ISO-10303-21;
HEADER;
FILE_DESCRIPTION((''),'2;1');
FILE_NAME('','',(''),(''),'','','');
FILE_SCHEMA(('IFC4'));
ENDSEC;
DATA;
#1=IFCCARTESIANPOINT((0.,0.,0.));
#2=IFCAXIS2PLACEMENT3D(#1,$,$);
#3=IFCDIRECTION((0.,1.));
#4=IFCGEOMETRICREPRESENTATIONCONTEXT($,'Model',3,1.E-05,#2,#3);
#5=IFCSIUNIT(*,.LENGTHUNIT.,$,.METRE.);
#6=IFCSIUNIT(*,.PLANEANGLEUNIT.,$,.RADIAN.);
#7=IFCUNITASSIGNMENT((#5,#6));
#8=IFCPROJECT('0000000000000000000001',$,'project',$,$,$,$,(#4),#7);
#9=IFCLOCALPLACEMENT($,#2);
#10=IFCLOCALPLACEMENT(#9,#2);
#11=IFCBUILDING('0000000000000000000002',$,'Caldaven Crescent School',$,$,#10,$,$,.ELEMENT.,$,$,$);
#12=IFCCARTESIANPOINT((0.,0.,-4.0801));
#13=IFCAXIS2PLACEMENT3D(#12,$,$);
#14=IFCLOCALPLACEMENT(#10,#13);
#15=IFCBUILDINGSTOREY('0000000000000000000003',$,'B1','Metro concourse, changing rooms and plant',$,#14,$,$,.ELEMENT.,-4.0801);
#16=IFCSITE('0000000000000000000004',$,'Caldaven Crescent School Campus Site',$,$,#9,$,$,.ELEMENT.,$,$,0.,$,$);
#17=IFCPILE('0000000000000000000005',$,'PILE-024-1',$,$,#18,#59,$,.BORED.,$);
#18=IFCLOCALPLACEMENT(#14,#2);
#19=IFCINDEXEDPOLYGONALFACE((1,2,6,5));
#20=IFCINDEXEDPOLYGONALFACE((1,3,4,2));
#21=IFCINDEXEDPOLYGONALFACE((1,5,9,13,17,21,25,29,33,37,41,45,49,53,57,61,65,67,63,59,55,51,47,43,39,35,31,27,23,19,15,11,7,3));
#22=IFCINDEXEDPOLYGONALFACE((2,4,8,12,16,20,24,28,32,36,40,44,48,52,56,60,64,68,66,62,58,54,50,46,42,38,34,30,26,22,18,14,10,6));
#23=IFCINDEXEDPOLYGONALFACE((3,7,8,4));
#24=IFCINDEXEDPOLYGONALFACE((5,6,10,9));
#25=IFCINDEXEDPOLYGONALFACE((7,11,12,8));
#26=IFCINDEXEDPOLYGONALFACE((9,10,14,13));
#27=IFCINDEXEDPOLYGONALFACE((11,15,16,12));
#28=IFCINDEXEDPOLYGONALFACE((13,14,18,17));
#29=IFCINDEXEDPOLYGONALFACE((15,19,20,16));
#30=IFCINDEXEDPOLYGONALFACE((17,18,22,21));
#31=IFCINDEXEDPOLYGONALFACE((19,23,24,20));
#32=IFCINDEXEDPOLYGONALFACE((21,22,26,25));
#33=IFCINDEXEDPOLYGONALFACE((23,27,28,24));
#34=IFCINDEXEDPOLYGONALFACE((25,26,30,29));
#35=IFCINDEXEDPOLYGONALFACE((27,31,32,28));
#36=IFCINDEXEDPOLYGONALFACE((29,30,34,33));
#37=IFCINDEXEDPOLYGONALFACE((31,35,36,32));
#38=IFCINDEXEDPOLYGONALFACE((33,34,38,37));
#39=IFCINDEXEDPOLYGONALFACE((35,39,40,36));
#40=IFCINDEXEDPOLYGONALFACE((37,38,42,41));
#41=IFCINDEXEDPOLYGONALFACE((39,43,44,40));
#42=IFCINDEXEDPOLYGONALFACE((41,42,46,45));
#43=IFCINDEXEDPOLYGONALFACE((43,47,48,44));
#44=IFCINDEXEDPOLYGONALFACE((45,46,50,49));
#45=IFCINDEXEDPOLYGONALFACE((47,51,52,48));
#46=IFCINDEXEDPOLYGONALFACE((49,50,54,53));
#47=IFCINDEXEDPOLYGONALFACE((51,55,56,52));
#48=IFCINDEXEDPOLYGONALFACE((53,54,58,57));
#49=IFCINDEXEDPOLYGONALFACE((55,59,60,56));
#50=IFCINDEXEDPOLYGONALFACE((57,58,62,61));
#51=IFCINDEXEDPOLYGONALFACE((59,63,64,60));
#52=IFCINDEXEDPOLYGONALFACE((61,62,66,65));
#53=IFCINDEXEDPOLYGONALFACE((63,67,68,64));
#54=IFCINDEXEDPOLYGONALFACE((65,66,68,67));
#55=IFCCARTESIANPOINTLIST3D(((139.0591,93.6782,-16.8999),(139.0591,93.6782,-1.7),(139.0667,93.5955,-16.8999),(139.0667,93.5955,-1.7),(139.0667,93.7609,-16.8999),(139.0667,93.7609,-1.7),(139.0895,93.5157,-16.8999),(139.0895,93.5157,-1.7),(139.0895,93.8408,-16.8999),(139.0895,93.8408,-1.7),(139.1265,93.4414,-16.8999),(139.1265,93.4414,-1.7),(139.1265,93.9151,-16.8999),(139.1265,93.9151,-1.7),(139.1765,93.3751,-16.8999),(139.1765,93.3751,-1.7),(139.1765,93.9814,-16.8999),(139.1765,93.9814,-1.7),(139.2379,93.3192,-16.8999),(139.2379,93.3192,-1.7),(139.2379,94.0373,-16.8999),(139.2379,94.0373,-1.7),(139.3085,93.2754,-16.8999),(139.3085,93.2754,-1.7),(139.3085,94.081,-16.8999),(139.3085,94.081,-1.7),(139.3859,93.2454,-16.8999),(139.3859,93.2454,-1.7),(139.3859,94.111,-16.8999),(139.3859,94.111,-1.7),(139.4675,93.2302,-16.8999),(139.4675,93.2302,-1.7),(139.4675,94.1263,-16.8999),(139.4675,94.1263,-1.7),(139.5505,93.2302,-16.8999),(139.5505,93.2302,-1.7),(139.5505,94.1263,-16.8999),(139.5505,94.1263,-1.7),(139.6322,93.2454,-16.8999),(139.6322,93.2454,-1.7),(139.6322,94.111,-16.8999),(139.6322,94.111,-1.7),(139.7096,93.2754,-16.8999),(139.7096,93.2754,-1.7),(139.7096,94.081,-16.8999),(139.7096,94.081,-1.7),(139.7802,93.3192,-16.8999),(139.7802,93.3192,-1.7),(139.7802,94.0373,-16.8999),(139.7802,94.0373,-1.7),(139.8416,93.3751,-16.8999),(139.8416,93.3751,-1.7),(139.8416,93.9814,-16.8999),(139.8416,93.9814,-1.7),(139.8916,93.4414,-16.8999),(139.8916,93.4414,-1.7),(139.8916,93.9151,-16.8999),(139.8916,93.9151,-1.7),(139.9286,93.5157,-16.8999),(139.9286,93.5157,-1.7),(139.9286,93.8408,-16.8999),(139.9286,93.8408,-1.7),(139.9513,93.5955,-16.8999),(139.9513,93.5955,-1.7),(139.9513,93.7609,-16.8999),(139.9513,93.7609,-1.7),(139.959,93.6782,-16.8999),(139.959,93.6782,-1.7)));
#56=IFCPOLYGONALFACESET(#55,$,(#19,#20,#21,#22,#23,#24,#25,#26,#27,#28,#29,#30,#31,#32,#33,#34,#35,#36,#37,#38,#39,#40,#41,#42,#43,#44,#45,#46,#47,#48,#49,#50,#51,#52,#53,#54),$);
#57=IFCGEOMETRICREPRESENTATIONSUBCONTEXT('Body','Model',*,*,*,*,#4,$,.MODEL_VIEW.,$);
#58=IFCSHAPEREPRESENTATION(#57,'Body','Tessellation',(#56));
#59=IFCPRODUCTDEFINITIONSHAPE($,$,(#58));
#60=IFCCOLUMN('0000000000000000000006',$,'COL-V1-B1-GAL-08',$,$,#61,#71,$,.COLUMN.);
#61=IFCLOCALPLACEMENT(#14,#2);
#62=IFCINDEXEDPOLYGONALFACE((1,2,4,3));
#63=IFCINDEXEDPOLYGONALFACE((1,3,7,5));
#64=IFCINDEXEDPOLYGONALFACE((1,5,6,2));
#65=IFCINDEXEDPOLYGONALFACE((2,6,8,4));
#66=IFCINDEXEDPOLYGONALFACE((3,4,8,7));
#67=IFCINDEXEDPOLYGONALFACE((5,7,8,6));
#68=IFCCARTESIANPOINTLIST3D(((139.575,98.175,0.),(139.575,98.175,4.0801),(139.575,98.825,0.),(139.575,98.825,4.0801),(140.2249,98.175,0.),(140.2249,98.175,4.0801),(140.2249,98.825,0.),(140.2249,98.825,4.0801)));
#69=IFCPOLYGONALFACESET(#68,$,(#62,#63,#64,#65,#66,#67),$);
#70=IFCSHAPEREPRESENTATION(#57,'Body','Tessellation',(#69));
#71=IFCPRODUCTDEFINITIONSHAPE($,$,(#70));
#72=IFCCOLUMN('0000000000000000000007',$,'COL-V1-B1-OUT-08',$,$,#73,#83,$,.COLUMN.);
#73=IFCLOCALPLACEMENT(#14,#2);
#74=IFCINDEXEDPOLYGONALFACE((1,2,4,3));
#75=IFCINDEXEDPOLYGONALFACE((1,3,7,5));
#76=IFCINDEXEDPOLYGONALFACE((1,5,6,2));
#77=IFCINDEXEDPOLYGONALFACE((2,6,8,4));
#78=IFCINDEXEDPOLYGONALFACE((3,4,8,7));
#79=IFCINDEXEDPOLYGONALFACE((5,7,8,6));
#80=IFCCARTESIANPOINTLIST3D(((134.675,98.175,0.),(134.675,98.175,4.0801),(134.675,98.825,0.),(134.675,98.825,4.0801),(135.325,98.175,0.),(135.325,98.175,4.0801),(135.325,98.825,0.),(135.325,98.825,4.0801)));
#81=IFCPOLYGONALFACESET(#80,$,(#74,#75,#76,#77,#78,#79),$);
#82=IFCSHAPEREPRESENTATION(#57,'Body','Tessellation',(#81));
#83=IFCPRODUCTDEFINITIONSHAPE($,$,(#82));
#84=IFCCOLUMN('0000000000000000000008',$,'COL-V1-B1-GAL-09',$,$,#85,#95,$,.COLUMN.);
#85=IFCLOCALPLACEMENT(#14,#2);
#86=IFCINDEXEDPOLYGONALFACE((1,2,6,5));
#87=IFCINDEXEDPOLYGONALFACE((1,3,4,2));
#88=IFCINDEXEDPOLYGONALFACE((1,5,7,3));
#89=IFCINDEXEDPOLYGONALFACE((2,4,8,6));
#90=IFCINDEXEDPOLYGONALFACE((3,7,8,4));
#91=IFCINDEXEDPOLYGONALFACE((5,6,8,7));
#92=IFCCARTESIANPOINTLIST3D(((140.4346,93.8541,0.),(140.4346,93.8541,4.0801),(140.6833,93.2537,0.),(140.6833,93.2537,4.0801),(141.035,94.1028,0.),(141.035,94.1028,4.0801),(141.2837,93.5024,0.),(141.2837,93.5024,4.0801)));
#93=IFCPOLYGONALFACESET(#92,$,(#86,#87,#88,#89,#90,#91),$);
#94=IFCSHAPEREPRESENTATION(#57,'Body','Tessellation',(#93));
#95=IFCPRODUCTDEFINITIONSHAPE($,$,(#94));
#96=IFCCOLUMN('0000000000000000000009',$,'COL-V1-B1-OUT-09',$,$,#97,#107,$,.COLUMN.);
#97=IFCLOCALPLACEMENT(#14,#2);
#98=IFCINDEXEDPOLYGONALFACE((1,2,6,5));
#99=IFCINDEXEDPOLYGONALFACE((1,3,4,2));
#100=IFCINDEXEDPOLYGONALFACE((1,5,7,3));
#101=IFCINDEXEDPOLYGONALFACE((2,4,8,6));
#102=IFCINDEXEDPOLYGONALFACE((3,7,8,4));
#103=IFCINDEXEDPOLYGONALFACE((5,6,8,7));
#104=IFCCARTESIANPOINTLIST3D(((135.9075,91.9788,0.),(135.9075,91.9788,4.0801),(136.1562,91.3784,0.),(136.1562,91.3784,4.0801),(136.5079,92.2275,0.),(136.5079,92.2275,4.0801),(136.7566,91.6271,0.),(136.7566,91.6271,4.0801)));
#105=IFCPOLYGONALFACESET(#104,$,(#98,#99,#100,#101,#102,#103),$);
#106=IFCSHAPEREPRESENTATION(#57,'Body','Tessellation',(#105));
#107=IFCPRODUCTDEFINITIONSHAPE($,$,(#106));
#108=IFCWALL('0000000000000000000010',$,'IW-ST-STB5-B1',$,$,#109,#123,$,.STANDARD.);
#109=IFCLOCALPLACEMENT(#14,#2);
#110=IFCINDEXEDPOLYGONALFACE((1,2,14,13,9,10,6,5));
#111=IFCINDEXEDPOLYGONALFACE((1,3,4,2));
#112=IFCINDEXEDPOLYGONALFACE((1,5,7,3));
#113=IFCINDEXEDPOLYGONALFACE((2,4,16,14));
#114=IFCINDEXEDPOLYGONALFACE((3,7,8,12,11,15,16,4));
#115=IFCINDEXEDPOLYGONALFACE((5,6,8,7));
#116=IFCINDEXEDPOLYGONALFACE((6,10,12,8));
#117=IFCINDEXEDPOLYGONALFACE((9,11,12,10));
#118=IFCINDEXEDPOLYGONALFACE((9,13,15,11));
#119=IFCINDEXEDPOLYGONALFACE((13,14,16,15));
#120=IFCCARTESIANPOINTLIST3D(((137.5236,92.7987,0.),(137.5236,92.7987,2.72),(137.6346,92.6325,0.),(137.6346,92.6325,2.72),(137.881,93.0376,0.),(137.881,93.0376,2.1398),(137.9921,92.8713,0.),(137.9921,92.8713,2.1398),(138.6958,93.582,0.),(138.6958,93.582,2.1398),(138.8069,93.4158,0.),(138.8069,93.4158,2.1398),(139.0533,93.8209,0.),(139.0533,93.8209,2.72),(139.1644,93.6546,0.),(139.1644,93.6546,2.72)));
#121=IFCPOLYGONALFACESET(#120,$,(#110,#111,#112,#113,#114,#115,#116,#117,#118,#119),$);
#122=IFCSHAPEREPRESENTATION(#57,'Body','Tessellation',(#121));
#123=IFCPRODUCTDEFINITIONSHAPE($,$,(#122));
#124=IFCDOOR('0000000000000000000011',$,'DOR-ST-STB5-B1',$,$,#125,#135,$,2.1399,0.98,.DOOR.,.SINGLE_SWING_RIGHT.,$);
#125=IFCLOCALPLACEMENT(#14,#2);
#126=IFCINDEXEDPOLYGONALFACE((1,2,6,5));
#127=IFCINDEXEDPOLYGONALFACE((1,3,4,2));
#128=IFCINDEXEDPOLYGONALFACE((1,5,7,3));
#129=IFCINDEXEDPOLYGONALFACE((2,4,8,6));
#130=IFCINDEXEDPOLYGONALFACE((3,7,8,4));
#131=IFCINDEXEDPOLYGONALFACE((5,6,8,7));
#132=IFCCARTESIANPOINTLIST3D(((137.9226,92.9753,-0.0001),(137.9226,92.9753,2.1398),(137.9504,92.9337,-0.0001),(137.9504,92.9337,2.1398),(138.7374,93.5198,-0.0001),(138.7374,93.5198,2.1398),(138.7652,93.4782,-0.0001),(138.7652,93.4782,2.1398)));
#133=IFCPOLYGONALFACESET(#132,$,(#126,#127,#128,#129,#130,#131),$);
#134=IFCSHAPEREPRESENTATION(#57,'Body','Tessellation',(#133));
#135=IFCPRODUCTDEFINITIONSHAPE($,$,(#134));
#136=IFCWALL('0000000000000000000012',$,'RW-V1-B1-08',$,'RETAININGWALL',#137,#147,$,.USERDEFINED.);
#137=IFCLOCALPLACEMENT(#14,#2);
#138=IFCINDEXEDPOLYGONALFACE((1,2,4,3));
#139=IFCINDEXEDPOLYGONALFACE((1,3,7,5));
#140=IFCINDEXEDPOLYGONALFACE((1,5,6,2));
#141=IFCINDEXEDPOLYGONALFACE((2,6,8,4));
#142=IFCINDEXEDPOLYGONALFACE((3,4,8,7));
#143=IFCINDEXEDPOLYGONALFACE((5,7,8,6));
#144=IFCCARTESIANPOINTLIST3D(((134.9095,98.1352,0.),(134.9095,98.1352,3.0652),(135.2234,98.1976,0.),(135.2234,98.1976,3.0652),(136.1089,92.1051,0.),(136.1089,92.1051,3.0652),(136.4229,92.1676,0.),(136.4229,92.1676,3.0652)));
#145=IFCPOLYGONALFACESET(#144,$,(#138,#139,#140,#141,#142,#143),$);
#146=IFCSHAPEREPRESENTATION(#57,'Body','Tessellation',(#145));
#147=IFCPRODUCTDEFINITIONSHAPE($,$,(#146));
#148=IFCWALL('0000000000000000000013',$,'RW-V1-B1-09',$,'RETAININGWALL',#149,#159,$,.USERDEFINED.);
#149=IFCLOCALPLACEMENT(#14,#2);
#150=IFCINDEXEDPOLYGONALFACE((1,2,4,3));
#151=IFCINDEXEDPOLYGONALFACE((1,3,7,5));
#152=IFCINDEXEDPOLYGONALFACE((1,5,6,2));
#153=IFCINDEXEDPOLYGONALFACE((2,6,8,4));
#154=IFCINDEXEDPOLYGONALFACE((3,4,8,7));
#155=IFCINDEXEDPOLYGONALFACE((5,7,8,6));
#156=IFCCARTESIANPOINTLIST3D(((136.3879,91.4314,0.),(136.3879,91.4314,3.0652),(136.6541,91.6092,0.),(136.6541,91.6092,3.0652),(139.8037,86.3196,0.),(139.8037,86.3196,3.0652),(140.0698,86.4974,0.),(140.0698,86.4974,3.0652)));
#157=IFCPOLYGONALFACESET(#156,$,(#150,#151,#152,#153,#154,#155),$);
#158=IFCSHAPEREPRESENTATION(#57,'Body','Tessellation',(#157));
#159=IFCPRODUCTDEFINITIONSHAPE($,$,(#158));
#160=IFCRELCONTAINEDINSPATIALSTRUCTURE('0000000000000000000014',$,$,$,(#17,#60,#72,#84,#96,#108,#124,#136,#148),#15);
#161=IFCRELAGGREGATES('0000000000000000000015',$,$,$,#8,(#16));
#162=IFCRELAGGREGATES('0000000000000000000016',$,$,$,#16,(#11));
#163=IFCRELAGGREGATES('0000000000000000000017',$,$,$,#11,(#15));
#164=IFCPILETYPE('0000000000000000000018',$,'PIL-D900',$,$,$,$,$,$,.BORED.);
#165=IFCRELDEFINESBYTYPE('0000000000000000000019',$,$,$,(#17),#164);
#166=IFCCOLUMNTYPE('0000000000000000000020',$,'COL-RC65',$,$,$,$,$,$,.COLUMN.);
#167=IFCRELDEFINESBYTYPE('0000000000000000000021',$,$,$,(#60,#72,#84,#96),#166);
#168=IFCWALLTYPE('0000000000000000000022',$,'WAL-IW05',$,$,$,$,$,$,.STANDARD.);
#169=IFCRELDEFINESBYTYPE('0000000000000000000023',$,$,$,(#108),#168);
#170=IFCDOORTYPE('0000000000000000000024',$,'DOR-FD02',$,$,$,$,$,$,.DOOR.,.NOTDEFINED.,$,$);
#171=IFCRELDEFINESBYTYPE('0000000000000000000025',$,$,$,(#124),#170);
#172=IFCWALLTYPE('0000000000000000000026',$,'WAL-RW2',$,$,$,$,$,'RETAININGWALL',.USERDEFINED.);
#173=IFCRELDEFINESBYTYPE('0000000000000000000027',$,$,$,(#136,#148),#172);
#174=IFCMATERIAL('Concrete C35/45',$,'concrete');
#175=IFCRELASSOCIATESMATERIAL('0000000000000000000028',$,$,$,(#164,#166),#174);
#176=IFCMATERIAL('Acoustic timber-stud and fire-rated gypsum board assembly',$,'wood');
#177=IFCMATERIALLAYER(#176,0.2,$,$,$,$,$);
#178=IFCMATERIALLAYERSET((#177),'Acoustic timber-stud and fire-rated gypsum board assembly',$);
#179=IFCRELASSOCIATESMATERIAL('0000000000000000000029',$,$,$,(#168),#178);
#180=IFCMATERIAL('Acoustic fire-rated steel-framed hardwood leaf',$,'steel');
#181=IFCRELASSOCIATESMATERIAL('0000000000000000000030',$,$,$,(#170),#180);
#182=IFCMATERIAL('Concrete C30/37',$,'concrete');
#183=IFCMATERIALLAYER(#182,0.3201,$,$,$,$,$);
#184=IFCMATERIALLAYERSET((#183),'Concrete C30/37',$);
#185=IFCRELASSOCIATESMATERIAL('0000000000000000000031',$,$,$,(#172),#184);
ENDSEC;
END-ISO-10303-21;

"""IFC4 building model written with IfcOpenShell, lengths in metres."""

from ifc_helpers import new_model, si_unit, direction, frame, frame_2d, origin, origin_2d, place, context, subcontext, project, spatial, rectangle, circle, extrude, material, layer, layer_set, material_profile, profile_set, type_object, element, fill, save


model = new_model("IFC4")

# Units and contexts
model_context = context("Model", 3, precision=1e-05, world=origin(), true_north=direction((0.0, 1.0)))
body_context = subcontext(model_context, "Body", "Model", "MODEL_VIEW")
ifc_project = project(units=[si_unit("LENGTHUNIT", "METRE"), si_unit("PLANEANGLEUNIT", "RADIAN")], contexts=[model_context])

# Site, building, storey
site_placement = place(None, origin())
site = spatial("IfcSite", under=ifc_project, at=site_placement, Name="Caldaven Crescent School Campus Site", CompositionType="ELEMENT", RefElevation=0.0)
building_placement = place(site_placement, origin())
building = spatial("IfcBuilding", under=site, at=building_placement, Name="Caldaven Crescent School", CompositionType="ELEMENT")
storey_placement = place(building_placement, frame((0.0, 0.0, -4.0801)))
storey = spatial("IfcBuildingStorey", under=building, at=storey_placement, Name="B1", Description="Metro concourse, changing rooms and plant", CompositionType="ELEMENT", Elevation=-4.0801)

# Shared definitions
ifc_material_1 = material(Name="Concrete C30/37", Category="concrete")
ifc_material_2 = material(Name="Concrete C35/45", Category="concrete")

# Pile
ifc_material_profile_1 = material_profile(ifc_material_2, circle(Radius=0.45, at=origin_2d()), Name="PILE D900")
ifc_profile_set_1 = profile_set([ifc_material_profile_1], Name="Concrete C35/45")
pile_type_1 = type_object("IfcPileType", Name="PIL-D900", PredefinedType="BORED", material=ifc_profile_set_1)
pile_placement = place(storey_placement, frame((139.509, 93.6782, -1.7), z_axis=(0.0, 0.0, -1.0), x_axis=(1.0, 0.0, 0.0)))
element("IfcPile", 1, at=pile_placement, inside=storey, type_object=pile_type_1, Name="PILE-024-1", PredefinedType="BORED", context=body_context, shape_type="SweptSolid", body=[
    extrude(circle(Radius=0.45, at=origin_2d()), origin(), (0.0, 0.0, 1.0), 15.2),
])

# Columns
ifc_material_profile_2 = material_profile(ifc_material_2, rectangle(XDim=0.6499, YDim=0.6499, at=origin_2d()), Name="RC 650x650")
ifc_profile_set_2 = profile_set([ifc_material_profile_2], Name="Concrete C35/45")
column_type = type_object("IfcColumnType", Name="COL-RC65", PredefinedType="COLUMN", material=ifc_profile_set_2)
for number, where, z_axis, x_axis, name in (
    (2, (139.8999, 98.5, 0.0), (0.0, 0.0, 1.0), (-1.0, 0.0, 0.0), "COL-V1-B1-GAL-08"),
    (3, (135.0, 98.5, 0.0), (0.0, 0.0, 1.0), (-1.0, 0.0, 0.0), "COL-V1-B1-OUT-08"),
    (4, (140.8591, 93.6782, 0.0), (0.0, 0.0, 1.0), (-0.92388, -0.382683, 0.0), "COL-V1-B1-GAL-09"),
    (5, (136.332, 91.803, 0.0), (0.0, 0.0, 1.0), (-0.92388, -0.382683, 0.0), "COL-V1-B1-OUT-09"),
):
    element("IfcColumn", number, at=place(storey_placement, frame(where, z_axis=z_axis, x_axis=x_axis)), inside=storey, type_object=column_type, Name=name, PredefinedType="COLUMN", context=body_context, shape_type="SweptSolid", body=[
        extrude(rectangle(XDim=0.6499, YDim=0.6499, at=origin_2d()), origin(), (0.0, 0.0, 1.0), 4.0801),
    ])

# Wall, opening, door
ifc_material_3 = material(Name="Acoustic timber-stud and fire-rated gypsum board assembly", Category="wood")
ifc_layer_1 = layer(ifc_material_3, 0.2)
ifc_layer_set_1 = layer_set([ifc_layer_1], Name="Acoustic timber-stud and fire-rated gypsum board assembly")
wall_type_1 = type_object("IfcWallType", Name="WAL-IW05", PredefinedType="STANDARD", material=ifc_layer_set_1)
wall_1_placement = place(storey_placement, frame((137.5791, 92.7156, 0.0), z_axis=(0.0, 0.0, 1.0), x_axis=(0.831458, 0.555588, 0.0)))
wall_1 = element("IfcWall", 6, at=wall_1_placement, inside=storey, type_object=wall_type_1, Name="IW-ST-STB5-B1", PredefinedType="STANDARD", context=body_context, shape_type="SweptSolid", body=[
    extrude(rectangle(XDim=1.8398, YDim=0.2, at=frame_2d((0.9199, 0.0))), origin(), (0.0, 0.0, 1.0), 2.72),
])
opening_1_placement = place(wall_1_placement, frame((0.4299, 0.0, 0.0)))
opening_1 = element("IfcOpeningElement", 7, at=opening_1_placement, cuts=wall_1, PredefinedType="OPENING", context=body_context, shape_type="SweptSolid", body=[
    extrude(rectangle(XDim=0.98, YDim=2.1399, at=frame_2d((0.49, 1.0698))), frame((0.0, 0.1099, 0.0), z_axis=(0.0, -1.0, 0.0), x_axis=(1.0, 0.0, 0.0)), (0.0, 0.0, 1.0), 0.22),
])
ifc_material_4 = material(Name="Acoustic fire-rated steel-framed hardwood leaf", Category="steel")
door_type_1 = type_object("IfcDoorType", Name="DOR-FD02", OperationType="NOTDEFINED", PredefinedType="DOOR", material=ifc_material_4)
door_1_placement = place(opening_1_placement, frame((0.98, 0.0, 0.0), z_axis=(0.0, 0.0, 1.0), x_axis=(-1.0, 0.0, 0.0)))
door_1 = element("IfcDoor", 8, at=door_1_placement, inside=storey, type_object=door_type_1, Name="DOR-ST-STB5-B1", OperationType="SINGLE_SWING_RIGHT", OverallHeight=2.1399, OverallWidth=0.98, PredefinedType="DOOR", context=body_context, shape_type="SweptSolid", body=[
    extrude(rectangle(XDim=0.98, YDim=2.1399, at=frame_2d((0.49, 1.0698))), frame((0.0, 0.0249, 0.0), z_axis=(0.0, -1.0, 0.0), x_axis=(1.0, 0.0, 0.0)), (0.0, 0.0, 1.0), 0.05),
])
fill(opening_1, door_1)

# Walls
ifc_layer_2 = layer(ifc_material_1, 0.3201)
ifc_layer_set_2 = layer_set([ifc_layer_2], Name="Concrete C30/37")
wall_type_2 = type_object("IfcWallType", Name="WAL-RW2", ElementType="RETAININGWALL", PredefinedType="USERDEFINED", material=ifc_layer_set_2)
wall_2_placement = place(storey_placement, frame((135.0664, 98.1665, 0.0), z_axis=(0.0, 0.0, 1.0), x_axis=(0.195093, -0.980785, 0.0)))
element("IfcWall", 9, at=wall_2_placement, inside=storey, type_object=wall_type_2, Name="RW-V1-B1-08", ObjectType="RETAININGWALL", PredefinedType="USERDEFINED", context=body_context, shape_type="SweptSolid", body=[
    extrude(rectangle(XDim=6.1482, YDim=0.3201, at=frame_2d((3.0742, 0.0))), origin(), (0.0, 0.0, 1.0), 3.0652),
])
wall_3_placement = place(storey_placement, frame((136.521, 91.5203, 0.0), z_axis=(0.0, 0.0, 1.0), x_axis=(0.555589, -0.831457, 0.0)))
element("IfcWall", 10, at=wall_3_placement, inside=storey, type_object=wall_type_2, Name="RW-V1-B1-09", ObjectType="RETAININGWALL", PredefinedType="USERDEFINED", context=body_context, shape_type="SweptSolid", body=[
    extrude(rectangle(XDim=6.1479, YDim=0.3201, at=frame_2d((3.074, 0.0))), origin(), (0.0, 0.0, 1.0), 3.0652),
])

save(model, "model.ifc")
